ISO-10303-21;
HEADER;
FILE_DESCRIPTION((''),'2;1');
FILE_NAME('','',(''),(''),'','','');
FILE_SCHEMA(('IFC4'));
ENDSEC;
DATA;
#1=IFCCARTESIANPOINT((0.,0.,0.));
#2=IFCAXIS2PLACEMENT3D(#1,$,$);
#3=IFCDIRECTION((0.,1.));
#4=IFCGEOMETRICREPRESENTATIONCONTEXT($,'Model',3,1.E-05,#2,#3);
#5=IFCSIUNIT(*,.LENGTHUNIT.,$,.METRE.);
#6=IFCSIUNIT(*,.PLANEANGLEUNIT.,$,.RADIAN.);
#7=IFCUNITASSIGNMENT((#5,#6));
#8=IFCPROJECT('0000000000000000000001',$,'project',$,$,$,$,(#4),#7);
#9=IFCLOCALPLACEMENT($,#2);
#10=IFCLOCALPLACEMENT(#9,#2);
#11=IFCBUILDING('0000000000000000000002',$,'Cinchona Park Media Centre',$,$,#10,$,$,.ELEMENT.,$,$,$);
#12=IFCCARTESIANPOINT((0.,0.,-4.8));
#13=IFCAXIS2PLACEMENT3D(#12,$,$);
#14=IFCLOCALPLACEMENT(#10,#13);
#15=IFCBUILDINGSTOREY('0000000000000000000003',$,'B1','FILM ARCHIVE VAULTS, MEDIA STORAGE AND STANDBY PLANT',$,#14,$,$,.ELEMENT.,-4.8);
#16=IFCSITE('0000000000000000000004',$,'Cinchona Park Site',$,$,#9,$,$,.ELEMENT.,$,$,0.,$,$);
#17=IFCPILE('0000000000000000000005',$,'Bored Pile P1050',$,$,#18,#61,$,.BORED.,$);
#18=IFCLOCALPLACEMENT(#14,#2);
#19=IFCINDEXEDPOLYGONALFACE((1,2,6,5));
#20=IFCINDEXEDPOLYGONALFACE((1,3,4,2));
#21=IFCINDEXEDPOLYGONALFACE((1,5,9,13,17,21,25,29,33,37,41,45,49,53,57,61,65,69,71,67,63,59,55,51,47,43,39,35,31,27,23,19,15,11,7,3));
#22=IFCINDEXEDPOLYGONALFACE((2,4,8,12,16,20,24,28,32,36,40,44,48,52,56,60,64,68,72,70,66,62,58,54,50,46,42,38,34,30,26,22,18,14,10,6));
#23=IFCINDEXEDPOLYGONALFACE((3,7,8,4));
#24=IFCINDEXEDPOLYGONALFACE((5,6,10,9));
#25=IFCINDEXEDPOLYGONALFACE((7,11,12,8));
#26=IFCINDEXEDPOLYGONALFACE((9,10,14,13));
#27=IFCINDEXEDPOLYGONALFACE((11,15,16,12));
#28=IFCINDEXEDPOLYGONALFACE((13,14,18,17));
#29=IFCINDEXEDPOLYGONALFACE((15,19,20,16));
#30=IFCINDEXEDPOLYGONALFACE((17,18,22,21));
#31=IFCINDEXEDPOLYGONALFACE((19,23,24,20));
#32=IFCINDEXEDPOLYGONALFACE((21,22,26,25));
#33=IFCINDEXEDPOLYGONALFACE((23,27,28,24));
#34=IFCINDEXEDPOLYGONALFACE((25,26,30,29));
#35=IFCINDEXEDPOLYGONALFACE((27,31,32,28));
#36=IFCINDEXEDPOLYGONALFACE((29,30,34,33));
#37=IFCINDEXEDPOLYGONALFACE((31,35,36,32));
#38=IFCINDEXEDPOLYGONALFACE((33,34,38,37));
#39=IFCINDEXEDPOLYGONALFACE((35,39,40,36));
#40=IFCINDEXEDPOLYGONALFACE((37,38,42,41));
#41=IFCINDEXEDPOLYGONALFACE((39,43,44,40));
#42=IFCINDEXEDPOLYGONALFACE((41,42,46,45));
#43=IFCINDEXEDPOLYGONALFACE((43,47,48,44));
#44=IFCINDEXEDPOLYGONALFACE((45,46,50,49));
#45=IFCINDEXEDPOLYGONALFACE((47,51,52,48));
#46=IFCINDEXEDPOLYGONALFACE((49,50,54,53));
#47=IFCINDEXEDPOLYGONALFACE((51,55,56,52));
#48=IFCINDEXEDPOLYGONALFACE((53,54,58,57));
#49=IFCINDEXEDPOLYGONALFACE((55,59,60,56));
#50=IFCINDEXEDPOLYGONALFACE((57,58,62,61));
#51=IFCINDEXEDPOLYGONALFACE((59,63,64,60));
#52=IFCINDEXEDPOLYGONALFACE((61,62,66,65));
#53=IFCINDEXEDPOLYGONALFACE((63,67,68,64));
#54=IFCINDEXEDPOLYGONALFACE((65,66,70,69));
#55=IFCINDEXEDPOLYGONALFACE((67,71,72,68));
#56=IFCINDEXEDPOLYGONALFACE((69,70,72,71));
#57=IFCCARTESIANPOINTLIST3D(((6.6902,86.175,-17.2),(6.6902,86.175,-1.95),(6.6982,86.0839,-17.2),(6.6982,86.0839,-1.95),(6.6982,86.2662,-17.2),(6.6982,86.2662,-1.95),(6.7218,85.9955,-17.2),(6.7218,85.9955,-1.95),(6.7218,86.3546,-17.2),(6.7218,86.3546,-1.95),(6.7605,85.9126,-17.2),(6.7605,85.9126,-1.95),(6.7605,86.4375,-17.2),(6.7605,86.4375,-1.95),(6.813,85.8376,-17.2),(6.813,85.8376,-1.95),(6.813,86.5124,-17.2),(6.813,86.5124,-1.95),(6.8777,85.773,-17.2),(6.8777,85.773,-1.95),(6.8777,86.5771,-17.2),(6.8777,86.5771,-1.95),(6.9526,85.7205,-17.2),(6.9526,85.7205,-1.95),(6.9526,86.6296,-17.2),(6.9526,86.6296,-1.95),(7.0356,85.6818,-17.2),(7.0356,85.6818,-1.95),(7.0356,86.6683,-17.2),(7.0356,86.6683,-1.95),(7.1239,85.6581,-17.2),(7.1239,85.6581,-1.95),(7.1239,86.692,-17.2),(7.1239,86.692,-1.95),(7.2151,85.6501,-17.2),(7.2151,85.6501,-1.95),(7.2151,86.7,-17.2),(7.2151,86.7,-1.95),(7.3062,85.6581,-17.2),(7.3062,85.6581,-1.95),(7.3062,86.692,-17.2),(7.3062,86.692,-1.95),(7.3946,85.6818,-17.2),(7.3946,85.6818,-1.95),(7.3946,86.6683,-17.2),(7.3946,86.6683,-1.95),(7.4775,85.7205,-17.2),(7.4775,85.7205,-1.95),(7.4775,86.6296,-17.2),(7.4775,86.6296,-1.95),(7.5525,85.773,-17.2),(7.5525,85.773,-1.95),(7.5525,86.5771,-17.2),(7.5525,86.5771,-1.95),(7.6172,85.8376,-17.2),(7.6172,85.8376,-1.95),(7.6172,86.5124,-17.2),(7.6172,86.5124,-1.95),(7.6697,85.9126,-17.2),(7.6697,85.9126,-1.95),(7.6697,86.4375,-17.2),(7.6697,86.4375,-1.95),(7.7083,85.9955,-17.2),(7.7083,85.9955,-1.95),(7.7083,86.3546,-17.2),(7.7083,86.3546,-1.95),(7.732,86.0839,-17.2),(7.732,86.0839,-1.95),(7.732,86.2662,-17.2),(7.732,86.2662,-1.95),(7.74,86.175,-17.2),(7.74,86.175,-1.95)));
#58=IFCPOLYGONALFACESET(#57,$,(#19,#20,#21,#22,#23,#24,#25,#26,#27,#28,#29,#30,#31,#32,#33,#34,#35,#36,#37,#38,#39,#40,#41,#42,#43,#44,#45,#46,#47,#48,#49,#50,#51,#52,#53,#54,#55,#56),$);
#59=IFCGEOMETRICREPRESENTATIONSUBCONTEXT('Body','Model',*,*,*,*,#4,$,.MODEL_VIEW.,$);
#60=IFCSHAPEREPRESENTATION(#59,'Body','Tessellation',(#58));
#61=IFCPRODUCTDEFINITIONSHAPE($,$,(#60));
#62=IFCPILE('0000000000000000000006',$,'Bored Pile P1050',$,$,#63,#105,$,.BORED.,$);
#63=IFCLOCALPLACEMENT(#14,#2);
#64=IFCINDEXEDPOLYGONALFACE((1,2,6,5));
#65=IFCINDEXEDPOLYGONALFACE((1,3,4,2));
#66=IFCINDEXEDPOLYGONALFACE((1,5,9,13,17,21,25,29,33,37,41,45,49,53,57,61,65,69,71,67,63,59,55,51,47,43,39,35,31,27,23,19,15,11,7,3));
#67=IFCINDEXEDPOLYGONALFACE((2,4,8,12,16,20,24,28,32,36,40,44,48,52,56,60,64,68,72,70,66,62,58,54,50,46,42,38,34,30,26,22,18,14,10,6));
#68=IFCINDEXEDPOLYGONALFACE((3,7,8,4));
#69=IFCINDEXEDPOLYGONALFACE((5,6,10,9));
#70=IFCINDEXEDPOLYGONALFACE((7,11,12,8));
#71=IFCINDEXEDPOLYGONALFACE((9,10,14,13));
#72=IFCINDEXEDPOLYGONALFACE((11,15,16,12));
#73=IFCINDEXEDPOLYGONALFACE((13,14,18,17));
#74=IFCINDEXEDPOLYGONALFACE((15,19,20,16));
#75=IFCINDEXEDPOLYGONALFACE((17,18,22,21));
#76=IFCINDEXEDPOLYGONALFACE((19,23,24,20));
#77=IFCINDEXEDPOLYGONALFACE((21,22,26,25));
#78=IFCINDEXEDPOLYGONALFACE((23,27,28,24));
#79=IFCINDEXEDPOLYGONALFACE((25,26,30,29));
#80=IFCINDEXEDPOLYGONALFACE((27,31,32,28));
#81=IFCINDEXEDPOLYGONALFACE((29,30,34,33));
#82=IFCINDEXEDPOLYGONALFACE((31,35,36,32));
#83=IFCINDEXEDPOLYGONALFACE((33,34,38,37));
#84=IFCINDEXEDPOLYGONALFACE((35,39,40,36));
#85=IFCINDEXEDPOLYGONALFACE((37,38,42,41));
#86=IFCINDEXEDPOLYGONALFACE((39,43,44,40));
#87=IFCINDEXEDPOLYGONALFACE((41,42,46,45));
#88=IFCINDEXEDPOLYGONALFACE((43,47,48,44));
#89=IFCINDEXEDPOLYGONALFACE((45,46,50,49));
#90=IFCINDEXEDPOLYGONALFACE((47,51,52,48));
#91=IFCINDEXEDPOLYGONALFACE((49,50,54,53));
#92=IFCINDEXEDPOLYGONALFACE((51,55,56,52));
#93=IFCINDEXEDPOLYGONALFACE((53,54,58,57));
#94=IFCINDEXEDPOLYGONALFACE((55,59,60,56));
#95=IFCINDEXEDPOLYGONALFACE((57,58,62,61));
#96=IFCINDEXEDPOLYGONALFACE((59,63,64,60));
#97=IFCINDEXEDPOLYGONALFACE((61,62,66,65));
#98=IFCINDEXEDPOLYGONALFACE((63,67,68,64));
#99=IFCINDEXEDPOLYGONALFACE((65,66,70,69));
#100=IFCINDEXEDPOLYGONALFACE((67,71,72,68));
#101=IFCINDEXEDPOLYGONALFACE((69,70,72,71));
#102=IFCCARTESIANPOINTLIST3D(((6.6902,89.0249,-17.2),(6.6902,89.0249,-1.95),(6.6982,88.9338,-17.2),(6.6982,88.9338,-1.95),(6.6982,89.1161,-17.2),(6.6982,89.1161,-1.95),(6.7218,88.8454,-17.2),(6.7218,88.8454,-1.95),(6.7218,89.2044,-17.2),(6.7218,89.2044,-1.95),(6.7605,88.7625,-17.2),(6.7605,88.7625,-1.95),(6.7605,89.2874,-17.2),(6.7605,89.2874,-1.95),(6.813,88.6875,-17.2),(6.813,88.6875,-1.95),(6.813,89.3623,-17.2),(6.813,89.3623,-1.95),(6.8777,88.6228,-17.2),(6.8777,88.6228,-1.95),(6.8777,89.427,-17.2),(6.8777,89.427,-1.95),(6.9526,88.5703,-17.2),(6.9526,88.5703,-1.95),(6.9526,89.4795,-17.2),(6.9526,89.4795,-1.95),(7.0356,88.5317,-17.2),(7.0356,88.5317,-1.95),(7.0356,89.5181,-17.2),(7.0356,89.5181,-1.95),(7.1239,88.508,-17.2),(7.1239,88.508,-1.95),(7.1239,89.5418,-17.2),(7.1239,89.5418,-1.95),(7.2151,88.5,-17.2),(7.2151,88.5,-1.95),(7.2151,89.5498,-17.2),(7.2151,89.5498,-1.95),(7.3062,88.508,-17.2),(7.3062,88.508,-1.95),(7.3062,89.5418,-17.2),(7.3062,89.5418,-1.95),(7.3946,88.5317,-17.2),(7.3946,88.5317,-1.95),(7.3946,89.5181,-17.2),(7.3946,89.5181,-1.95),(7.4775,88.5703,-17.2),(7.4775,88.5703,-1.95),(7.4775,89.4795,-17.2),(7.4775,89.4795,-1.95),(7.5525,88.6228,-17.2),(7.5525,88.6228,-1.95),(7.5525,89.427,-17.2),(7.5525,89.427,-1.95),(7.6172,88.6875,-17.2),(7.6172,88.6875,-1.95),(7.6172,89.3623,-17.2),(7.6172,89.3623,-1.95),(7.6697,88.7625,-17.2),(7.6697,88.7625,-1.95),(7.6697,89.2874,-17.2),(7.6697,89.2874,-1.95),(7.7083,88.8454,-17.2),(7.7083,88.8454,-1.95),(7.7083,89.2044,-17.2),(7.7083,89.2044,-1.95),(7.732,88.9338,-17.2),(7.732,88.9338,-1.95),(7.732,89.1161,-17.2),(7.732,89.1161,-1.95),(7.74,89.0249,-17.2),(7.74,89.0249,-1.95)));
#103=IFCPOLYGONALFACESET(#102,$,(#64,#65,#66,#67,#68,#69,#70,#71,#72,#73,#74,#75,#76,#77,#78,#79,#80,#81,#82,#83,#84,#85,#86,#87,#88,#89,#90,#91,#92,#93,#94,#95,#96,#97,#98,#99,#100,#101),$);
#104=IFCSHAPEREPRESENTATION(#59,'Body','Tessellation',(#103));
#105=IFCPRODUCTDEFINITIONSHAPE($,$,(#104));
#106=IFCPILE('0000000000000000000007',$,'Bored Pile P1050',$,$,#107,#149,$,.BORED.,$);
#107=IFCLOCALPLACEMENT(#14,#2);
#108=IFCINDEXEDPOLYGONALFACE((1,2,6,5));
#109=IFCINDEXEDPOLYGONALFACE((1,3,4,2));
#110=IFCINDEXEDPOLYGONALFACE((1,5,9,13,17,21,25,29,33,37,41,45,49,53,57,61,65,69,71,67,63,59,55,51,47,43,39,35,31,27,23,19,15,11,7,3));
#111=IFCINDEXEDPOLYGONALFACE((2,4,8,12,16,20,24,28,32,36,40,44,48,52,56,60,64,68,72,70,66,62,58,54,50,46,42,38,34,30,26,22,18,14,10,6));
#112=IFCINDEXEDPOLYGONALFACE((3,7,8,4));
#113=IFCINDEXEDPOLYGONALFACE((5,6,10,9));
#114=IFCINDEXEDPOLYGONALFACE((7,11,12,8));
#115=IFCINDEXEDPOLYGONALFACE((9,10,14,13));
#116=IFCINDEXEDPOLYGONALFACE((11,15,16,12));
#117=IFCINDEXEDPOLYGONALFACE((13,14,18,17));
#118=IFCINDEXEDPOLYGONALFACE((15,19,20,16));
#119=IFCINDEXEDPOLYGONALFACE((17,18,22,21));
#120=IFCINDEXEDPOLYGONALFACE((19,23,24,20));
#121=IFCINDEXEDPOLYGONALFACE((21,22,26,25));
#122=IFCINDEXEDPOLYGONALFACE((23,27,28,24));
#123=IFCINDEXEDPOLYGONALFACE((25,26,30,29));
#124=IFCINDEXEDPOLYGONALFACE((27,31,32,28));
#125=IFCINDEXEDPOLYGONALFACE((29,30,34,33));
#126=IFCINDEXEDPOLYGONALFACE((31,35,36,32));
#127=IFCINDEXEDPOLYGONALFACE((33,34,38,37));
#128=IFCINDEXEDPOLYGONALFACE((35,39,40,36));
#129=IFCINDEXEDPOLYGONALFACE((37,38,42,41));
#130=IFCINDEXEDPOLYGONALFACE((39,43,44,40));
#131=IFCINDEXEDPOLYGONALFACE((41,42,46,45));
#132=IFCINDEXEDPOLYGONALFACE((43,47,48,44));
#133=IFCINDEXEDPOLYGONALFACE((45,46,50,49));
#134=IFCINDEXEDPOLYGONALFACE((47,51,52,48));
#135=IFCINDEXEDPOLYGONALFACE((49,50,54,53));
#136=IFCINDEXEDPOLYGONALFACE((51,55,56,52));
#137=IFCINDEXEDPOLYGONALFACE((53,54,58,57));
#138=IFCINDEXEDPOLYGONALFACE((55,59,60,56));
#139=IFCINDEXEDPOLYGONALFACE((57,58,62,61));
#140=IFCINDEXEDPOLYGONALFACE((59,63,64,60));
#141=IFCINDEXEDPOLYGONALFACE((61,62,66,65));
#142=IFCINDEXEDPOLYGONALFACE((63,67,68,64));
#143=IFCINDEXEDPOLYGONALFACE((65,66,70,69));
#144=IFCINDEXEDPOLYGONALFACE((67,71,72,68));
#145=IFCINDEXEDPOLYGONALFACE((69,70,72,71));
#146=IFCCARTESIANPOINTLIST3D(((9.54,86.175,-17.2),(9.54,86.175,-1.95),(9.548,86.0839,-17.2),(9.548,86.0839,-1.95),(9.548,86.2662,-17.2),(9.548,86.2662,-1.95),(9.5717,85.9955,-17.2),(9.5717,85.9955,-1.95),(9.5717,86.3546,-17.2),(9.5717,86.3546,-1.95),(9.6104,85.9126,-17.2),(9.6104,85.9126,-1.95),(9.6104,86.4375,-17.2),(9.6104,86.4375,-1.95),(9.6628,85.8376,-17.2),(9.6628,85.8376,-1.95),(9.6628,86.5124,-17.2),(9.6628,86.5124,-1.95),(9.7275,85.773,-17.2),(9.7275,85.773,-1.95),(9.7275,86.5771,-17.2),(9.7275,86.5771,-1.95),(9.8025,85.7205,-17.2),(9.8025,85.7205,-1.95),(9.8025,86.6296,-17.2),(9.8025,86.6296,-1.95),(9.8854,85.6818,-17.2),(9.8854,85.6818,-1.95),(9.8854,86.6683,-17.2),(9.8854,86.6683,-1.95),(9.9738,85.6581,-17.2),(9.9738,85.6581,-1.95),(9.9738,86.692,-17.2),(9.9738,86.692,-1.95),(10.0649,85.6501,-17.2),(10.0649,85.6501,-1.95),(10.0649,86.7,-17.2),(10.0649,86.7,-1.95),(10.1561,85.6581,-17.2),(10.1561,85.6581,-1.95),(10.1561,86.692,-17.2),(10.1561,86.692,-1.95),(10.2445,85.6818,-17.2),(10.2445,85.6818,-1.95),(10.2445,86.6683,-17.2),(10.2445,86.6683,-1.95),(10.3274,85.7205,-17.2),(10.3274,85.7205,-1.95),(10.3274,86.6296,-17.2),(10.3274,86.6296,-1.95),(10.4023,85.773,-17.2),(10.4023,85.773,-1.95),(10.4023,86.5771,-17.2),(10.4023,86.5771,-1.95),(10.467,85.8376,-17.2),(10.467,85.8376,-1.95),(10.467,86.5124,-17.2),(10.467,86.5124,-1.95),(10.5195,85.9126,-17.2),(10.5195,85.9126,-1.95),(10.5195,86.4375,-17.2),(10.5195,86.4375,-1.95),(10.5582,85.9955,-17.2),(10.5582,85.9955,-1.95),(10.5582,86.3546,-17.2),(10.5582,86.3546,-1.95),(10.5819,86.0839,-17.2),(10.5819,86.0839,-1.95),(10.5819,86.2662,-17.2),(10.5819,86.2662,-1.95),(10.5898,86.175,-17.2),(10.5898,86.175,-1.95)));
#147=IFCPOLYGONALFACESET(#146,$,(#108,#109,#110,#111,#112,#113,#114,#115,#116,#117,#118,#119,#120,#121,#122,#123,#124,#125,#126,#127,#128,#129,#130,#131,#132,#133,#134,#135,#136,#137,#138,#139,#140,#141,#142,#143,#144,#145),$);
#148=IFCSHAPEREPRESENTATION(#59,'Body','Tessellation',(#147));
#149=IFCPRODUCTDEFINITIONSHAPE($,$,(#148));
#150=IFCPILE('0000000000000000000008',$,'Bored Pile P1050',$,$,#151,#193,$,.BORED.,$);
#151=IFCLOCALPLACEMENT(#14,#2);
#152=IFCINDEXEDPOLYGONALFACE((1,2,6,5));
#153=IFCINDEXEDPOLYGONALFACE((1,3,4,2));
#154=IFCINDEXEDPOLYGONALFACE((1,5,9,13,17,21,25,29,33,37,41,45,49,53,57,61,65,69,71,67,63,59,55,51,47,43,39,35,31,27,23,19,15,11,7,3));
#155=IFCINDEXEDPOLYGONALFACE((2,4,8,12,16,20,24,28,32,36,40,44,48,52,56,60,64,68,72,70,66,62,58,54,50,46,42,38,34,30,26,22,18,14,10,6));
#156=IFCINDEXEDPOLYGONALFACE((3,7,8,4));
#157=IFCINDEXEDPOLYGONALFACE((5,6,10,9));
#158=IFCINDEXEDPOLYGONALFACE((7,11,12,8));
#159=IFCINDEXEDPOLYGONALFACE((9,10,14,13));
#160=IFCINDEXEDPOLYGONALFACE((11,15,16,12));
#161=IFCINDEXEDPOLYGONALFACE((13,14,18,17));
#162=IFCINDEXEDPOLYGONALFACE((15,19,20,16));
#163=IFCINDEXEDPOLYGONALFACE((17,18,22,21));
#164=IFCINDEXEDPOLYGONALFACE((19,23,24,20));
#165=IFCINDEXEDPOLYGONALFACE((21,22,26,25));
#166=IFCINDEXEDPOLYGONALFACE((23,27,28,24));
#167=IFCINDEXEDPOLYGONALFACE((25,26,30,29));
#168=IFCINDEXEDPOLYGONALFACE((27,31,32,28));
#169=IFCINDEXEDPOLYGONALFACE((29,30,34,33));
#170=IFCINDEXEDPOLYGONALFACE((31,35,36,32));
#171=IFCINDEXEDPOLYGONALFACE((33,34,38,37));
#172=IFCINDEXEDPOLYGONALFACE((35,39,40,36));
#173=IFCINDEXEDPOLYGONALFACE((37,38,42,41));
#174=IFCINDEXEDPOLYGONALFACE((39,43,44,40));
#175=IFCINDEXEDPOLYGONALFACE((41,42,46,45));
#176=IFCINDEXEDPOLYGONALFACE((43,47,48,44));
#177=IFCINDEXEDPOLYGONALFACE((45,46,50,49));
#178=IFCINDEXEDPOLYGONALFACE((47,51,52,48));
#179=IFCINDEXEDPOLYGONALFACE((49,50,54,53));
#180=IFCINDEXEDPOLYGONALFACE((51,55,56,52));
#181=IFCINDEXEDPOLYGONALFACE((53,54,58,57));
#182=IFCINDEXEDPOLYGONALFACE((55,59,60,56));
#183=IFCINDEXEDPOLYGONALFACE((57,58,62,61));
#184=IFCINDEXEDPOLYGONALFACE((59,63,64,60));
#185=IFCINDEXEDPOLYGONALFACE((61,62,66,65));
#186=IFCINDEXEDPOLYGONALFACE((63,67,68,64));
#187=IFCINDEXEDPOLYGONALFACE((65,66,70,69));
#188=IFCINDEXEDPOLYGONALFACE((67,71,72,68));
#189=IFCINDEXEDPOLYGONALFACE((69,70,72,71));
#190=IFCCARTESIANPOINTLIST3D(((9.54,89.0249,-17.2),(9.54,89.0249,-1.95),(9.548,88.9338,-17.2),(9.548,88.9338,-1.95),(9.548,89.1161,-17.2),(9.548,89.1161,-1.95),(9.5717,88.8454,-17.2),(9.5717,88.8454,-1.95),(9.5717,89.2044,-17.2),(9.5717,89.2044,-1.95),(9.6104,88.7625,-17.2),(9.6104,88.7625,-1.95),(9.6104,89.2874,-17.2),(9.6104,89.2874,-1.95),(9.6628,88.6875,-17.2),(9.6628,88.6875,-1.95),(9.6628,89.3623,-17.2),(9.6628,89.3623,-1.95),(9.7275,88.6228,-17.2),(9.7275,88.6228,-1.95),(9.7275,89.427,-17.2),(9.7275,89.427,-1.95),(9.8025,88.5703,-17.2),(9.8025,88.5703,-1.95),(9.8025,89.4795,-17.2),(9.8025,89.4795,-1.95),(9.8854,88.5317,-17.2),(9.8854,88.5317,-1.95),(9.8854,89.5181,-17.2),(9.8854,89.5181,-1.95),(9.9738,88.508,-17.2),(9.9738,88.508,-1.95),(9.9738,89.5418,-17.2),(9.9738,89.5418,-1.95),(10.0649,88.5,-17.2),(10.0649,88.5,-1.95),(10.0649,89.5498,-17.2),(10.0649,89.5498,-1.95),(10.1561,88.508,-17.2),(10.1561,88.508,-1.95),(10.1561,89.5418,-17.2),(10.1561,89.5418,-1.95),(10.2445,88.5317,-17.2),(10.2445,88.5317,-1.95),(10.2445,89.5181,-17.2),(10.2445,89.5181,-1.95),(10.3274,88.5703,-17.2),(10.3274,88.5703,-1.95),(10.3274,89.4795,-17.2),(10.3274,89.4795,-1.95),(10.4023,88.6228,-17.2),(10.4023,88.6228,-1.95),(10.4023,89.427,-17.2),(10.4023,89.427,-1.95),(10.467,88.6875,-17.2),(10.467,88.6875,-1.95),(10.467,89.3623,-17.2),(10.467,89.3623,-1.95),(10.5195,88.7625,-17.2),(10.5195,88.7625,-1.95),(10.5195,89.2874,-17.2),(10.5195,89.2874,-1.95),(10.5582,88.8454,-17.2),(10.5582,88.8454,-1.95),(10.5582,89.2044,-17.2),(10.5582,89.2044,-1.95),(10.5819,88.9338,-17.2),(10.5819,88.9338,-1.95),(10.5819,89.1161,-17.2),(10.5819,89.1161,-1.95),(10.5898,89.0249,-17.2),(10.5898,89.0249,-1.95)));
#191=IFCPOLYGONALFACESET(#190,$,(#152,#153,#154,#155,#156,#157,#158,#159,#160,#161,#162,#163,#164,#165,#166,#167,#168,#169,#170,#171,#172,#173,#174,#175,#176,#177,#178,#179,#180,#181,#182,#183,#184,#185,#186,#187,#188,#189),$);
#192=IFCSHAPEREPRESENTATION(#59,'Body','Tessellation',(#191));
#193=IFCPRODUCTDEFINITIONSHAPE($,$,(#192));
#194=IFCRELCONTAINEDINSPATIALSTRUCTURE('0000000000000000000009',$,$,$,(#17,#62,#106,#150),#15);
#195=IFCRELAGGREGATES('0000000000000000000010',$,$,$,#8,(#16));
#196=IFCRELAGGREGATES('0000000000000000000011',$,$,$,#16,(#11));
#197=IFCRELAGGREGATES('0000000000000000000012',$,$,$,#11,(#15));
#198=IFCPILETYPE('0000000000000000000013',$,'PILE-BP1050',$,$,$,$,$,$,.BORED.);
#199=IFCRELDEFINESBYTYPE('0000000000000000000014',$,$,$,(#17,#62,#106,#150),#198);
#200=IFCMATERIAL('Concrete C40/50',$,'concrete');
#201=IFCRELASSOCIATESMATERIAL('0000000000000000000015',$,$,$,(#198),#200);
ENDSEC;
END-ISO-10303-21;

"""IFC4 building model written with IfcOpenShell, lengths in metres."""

from ifc_helpers import new_model, si_unit, direction, frame, origin, origin_2d, place, context, subcontext, project, spatial, circle, extrude, material, material_profile, profile_set, type_object, element, save


model = new_model("IFC4")

# Units and contexts
model_context = context("Model", 3, precision=1e-05, world=origin(), true_north=direction((0.0, 1.0)))
body_context = subcontext(model_context, "Body", "Model", "MODEL_VIEW")
ifc_project = project(units=[si_unit("LENGTHUNIT", "METRE"), si_unit("PLANEANGLEUNIT", "RADIAN")], contexts=[model_context])

# Site, building, storey
site_placement = place(None, origin())
site = spatial("IfcSite", under=ifc_project, at=site_placement, Name="Cinchona Park Site", CompositionType="ELEMENT", RefElevation=0.0)
building_placement = place(site_placement, origin())
building = spatial("IfcBuilding", under=site, at=building_placement, Name="Cinchona Park Media Centre", CompositionType="ELEMENT")
storey_placement = place(building_placement, frame((0.0, 0.0, -4.8)))
storey = spatial("IfcBuildingStorey", under=building, at=storey_placement, Name="B1", Description="FILM ARCHIVE VAULTS, MEDIA STORAGE AND STANDBY PLANT", CompositionType="ELEMENT", Elevation=-4.8)

# Piles
ifc_material_1 = material(Name="Concrete C40/50", Category="concrete")
ifc_material_profile_1 = material_profile(ifc_material_1, circle(Radius=0.5249, at=origin_2d()), Name="BORED PILE 1050")
ifc_profile_set_1 = profile_set([ifc_material_profile_1], Name="Concrete C40/50")
pile_type_1 = type_object("IfcPileType", Name="PILE-BP1050", PredefinedType="BORED", material=ifc_profile_set_1)
for number, where, z_axis, x_axis, name in (
    (1, (7.2151, 86.175, -1.95), (0.0, 0.0, -1.0), (1.0, 0.0, 0.0), "Bored Pile P1050"),
    (2, (7.2151, 89.0249, -1.95), (0.0, 0.0, -1.0), (1.0, 0.0, 0.0), "Bored Pile P1050"),
    (3, (10.0649, 86.175, -1.95), (0.0, 0.0, -1.0), (1.0, 0.0, 0.0), "Bored Pile P1050"),
    (4, (10.0649, 89.0249, -1.95), (0.0, 0.0, -1.0), (1.0, 0.0, 0.0), "Bored Pile P1050"),
):
    element("IfcPile", number, at=place(storey_placement, frame(where, z_axis=z_axis, x_axis=x_axis)), inside=storey, type_object=pile_type_1, Name=name, PredefinedType="BORED", context=body_context, shape_type="SweptSolid", body=[
        extrude(circle(Radius=0.5249, at=origin_2d()), origin(), (0.0, 0.0, 1.0), 15.25),
    ])

save(model, "model.ifc")
